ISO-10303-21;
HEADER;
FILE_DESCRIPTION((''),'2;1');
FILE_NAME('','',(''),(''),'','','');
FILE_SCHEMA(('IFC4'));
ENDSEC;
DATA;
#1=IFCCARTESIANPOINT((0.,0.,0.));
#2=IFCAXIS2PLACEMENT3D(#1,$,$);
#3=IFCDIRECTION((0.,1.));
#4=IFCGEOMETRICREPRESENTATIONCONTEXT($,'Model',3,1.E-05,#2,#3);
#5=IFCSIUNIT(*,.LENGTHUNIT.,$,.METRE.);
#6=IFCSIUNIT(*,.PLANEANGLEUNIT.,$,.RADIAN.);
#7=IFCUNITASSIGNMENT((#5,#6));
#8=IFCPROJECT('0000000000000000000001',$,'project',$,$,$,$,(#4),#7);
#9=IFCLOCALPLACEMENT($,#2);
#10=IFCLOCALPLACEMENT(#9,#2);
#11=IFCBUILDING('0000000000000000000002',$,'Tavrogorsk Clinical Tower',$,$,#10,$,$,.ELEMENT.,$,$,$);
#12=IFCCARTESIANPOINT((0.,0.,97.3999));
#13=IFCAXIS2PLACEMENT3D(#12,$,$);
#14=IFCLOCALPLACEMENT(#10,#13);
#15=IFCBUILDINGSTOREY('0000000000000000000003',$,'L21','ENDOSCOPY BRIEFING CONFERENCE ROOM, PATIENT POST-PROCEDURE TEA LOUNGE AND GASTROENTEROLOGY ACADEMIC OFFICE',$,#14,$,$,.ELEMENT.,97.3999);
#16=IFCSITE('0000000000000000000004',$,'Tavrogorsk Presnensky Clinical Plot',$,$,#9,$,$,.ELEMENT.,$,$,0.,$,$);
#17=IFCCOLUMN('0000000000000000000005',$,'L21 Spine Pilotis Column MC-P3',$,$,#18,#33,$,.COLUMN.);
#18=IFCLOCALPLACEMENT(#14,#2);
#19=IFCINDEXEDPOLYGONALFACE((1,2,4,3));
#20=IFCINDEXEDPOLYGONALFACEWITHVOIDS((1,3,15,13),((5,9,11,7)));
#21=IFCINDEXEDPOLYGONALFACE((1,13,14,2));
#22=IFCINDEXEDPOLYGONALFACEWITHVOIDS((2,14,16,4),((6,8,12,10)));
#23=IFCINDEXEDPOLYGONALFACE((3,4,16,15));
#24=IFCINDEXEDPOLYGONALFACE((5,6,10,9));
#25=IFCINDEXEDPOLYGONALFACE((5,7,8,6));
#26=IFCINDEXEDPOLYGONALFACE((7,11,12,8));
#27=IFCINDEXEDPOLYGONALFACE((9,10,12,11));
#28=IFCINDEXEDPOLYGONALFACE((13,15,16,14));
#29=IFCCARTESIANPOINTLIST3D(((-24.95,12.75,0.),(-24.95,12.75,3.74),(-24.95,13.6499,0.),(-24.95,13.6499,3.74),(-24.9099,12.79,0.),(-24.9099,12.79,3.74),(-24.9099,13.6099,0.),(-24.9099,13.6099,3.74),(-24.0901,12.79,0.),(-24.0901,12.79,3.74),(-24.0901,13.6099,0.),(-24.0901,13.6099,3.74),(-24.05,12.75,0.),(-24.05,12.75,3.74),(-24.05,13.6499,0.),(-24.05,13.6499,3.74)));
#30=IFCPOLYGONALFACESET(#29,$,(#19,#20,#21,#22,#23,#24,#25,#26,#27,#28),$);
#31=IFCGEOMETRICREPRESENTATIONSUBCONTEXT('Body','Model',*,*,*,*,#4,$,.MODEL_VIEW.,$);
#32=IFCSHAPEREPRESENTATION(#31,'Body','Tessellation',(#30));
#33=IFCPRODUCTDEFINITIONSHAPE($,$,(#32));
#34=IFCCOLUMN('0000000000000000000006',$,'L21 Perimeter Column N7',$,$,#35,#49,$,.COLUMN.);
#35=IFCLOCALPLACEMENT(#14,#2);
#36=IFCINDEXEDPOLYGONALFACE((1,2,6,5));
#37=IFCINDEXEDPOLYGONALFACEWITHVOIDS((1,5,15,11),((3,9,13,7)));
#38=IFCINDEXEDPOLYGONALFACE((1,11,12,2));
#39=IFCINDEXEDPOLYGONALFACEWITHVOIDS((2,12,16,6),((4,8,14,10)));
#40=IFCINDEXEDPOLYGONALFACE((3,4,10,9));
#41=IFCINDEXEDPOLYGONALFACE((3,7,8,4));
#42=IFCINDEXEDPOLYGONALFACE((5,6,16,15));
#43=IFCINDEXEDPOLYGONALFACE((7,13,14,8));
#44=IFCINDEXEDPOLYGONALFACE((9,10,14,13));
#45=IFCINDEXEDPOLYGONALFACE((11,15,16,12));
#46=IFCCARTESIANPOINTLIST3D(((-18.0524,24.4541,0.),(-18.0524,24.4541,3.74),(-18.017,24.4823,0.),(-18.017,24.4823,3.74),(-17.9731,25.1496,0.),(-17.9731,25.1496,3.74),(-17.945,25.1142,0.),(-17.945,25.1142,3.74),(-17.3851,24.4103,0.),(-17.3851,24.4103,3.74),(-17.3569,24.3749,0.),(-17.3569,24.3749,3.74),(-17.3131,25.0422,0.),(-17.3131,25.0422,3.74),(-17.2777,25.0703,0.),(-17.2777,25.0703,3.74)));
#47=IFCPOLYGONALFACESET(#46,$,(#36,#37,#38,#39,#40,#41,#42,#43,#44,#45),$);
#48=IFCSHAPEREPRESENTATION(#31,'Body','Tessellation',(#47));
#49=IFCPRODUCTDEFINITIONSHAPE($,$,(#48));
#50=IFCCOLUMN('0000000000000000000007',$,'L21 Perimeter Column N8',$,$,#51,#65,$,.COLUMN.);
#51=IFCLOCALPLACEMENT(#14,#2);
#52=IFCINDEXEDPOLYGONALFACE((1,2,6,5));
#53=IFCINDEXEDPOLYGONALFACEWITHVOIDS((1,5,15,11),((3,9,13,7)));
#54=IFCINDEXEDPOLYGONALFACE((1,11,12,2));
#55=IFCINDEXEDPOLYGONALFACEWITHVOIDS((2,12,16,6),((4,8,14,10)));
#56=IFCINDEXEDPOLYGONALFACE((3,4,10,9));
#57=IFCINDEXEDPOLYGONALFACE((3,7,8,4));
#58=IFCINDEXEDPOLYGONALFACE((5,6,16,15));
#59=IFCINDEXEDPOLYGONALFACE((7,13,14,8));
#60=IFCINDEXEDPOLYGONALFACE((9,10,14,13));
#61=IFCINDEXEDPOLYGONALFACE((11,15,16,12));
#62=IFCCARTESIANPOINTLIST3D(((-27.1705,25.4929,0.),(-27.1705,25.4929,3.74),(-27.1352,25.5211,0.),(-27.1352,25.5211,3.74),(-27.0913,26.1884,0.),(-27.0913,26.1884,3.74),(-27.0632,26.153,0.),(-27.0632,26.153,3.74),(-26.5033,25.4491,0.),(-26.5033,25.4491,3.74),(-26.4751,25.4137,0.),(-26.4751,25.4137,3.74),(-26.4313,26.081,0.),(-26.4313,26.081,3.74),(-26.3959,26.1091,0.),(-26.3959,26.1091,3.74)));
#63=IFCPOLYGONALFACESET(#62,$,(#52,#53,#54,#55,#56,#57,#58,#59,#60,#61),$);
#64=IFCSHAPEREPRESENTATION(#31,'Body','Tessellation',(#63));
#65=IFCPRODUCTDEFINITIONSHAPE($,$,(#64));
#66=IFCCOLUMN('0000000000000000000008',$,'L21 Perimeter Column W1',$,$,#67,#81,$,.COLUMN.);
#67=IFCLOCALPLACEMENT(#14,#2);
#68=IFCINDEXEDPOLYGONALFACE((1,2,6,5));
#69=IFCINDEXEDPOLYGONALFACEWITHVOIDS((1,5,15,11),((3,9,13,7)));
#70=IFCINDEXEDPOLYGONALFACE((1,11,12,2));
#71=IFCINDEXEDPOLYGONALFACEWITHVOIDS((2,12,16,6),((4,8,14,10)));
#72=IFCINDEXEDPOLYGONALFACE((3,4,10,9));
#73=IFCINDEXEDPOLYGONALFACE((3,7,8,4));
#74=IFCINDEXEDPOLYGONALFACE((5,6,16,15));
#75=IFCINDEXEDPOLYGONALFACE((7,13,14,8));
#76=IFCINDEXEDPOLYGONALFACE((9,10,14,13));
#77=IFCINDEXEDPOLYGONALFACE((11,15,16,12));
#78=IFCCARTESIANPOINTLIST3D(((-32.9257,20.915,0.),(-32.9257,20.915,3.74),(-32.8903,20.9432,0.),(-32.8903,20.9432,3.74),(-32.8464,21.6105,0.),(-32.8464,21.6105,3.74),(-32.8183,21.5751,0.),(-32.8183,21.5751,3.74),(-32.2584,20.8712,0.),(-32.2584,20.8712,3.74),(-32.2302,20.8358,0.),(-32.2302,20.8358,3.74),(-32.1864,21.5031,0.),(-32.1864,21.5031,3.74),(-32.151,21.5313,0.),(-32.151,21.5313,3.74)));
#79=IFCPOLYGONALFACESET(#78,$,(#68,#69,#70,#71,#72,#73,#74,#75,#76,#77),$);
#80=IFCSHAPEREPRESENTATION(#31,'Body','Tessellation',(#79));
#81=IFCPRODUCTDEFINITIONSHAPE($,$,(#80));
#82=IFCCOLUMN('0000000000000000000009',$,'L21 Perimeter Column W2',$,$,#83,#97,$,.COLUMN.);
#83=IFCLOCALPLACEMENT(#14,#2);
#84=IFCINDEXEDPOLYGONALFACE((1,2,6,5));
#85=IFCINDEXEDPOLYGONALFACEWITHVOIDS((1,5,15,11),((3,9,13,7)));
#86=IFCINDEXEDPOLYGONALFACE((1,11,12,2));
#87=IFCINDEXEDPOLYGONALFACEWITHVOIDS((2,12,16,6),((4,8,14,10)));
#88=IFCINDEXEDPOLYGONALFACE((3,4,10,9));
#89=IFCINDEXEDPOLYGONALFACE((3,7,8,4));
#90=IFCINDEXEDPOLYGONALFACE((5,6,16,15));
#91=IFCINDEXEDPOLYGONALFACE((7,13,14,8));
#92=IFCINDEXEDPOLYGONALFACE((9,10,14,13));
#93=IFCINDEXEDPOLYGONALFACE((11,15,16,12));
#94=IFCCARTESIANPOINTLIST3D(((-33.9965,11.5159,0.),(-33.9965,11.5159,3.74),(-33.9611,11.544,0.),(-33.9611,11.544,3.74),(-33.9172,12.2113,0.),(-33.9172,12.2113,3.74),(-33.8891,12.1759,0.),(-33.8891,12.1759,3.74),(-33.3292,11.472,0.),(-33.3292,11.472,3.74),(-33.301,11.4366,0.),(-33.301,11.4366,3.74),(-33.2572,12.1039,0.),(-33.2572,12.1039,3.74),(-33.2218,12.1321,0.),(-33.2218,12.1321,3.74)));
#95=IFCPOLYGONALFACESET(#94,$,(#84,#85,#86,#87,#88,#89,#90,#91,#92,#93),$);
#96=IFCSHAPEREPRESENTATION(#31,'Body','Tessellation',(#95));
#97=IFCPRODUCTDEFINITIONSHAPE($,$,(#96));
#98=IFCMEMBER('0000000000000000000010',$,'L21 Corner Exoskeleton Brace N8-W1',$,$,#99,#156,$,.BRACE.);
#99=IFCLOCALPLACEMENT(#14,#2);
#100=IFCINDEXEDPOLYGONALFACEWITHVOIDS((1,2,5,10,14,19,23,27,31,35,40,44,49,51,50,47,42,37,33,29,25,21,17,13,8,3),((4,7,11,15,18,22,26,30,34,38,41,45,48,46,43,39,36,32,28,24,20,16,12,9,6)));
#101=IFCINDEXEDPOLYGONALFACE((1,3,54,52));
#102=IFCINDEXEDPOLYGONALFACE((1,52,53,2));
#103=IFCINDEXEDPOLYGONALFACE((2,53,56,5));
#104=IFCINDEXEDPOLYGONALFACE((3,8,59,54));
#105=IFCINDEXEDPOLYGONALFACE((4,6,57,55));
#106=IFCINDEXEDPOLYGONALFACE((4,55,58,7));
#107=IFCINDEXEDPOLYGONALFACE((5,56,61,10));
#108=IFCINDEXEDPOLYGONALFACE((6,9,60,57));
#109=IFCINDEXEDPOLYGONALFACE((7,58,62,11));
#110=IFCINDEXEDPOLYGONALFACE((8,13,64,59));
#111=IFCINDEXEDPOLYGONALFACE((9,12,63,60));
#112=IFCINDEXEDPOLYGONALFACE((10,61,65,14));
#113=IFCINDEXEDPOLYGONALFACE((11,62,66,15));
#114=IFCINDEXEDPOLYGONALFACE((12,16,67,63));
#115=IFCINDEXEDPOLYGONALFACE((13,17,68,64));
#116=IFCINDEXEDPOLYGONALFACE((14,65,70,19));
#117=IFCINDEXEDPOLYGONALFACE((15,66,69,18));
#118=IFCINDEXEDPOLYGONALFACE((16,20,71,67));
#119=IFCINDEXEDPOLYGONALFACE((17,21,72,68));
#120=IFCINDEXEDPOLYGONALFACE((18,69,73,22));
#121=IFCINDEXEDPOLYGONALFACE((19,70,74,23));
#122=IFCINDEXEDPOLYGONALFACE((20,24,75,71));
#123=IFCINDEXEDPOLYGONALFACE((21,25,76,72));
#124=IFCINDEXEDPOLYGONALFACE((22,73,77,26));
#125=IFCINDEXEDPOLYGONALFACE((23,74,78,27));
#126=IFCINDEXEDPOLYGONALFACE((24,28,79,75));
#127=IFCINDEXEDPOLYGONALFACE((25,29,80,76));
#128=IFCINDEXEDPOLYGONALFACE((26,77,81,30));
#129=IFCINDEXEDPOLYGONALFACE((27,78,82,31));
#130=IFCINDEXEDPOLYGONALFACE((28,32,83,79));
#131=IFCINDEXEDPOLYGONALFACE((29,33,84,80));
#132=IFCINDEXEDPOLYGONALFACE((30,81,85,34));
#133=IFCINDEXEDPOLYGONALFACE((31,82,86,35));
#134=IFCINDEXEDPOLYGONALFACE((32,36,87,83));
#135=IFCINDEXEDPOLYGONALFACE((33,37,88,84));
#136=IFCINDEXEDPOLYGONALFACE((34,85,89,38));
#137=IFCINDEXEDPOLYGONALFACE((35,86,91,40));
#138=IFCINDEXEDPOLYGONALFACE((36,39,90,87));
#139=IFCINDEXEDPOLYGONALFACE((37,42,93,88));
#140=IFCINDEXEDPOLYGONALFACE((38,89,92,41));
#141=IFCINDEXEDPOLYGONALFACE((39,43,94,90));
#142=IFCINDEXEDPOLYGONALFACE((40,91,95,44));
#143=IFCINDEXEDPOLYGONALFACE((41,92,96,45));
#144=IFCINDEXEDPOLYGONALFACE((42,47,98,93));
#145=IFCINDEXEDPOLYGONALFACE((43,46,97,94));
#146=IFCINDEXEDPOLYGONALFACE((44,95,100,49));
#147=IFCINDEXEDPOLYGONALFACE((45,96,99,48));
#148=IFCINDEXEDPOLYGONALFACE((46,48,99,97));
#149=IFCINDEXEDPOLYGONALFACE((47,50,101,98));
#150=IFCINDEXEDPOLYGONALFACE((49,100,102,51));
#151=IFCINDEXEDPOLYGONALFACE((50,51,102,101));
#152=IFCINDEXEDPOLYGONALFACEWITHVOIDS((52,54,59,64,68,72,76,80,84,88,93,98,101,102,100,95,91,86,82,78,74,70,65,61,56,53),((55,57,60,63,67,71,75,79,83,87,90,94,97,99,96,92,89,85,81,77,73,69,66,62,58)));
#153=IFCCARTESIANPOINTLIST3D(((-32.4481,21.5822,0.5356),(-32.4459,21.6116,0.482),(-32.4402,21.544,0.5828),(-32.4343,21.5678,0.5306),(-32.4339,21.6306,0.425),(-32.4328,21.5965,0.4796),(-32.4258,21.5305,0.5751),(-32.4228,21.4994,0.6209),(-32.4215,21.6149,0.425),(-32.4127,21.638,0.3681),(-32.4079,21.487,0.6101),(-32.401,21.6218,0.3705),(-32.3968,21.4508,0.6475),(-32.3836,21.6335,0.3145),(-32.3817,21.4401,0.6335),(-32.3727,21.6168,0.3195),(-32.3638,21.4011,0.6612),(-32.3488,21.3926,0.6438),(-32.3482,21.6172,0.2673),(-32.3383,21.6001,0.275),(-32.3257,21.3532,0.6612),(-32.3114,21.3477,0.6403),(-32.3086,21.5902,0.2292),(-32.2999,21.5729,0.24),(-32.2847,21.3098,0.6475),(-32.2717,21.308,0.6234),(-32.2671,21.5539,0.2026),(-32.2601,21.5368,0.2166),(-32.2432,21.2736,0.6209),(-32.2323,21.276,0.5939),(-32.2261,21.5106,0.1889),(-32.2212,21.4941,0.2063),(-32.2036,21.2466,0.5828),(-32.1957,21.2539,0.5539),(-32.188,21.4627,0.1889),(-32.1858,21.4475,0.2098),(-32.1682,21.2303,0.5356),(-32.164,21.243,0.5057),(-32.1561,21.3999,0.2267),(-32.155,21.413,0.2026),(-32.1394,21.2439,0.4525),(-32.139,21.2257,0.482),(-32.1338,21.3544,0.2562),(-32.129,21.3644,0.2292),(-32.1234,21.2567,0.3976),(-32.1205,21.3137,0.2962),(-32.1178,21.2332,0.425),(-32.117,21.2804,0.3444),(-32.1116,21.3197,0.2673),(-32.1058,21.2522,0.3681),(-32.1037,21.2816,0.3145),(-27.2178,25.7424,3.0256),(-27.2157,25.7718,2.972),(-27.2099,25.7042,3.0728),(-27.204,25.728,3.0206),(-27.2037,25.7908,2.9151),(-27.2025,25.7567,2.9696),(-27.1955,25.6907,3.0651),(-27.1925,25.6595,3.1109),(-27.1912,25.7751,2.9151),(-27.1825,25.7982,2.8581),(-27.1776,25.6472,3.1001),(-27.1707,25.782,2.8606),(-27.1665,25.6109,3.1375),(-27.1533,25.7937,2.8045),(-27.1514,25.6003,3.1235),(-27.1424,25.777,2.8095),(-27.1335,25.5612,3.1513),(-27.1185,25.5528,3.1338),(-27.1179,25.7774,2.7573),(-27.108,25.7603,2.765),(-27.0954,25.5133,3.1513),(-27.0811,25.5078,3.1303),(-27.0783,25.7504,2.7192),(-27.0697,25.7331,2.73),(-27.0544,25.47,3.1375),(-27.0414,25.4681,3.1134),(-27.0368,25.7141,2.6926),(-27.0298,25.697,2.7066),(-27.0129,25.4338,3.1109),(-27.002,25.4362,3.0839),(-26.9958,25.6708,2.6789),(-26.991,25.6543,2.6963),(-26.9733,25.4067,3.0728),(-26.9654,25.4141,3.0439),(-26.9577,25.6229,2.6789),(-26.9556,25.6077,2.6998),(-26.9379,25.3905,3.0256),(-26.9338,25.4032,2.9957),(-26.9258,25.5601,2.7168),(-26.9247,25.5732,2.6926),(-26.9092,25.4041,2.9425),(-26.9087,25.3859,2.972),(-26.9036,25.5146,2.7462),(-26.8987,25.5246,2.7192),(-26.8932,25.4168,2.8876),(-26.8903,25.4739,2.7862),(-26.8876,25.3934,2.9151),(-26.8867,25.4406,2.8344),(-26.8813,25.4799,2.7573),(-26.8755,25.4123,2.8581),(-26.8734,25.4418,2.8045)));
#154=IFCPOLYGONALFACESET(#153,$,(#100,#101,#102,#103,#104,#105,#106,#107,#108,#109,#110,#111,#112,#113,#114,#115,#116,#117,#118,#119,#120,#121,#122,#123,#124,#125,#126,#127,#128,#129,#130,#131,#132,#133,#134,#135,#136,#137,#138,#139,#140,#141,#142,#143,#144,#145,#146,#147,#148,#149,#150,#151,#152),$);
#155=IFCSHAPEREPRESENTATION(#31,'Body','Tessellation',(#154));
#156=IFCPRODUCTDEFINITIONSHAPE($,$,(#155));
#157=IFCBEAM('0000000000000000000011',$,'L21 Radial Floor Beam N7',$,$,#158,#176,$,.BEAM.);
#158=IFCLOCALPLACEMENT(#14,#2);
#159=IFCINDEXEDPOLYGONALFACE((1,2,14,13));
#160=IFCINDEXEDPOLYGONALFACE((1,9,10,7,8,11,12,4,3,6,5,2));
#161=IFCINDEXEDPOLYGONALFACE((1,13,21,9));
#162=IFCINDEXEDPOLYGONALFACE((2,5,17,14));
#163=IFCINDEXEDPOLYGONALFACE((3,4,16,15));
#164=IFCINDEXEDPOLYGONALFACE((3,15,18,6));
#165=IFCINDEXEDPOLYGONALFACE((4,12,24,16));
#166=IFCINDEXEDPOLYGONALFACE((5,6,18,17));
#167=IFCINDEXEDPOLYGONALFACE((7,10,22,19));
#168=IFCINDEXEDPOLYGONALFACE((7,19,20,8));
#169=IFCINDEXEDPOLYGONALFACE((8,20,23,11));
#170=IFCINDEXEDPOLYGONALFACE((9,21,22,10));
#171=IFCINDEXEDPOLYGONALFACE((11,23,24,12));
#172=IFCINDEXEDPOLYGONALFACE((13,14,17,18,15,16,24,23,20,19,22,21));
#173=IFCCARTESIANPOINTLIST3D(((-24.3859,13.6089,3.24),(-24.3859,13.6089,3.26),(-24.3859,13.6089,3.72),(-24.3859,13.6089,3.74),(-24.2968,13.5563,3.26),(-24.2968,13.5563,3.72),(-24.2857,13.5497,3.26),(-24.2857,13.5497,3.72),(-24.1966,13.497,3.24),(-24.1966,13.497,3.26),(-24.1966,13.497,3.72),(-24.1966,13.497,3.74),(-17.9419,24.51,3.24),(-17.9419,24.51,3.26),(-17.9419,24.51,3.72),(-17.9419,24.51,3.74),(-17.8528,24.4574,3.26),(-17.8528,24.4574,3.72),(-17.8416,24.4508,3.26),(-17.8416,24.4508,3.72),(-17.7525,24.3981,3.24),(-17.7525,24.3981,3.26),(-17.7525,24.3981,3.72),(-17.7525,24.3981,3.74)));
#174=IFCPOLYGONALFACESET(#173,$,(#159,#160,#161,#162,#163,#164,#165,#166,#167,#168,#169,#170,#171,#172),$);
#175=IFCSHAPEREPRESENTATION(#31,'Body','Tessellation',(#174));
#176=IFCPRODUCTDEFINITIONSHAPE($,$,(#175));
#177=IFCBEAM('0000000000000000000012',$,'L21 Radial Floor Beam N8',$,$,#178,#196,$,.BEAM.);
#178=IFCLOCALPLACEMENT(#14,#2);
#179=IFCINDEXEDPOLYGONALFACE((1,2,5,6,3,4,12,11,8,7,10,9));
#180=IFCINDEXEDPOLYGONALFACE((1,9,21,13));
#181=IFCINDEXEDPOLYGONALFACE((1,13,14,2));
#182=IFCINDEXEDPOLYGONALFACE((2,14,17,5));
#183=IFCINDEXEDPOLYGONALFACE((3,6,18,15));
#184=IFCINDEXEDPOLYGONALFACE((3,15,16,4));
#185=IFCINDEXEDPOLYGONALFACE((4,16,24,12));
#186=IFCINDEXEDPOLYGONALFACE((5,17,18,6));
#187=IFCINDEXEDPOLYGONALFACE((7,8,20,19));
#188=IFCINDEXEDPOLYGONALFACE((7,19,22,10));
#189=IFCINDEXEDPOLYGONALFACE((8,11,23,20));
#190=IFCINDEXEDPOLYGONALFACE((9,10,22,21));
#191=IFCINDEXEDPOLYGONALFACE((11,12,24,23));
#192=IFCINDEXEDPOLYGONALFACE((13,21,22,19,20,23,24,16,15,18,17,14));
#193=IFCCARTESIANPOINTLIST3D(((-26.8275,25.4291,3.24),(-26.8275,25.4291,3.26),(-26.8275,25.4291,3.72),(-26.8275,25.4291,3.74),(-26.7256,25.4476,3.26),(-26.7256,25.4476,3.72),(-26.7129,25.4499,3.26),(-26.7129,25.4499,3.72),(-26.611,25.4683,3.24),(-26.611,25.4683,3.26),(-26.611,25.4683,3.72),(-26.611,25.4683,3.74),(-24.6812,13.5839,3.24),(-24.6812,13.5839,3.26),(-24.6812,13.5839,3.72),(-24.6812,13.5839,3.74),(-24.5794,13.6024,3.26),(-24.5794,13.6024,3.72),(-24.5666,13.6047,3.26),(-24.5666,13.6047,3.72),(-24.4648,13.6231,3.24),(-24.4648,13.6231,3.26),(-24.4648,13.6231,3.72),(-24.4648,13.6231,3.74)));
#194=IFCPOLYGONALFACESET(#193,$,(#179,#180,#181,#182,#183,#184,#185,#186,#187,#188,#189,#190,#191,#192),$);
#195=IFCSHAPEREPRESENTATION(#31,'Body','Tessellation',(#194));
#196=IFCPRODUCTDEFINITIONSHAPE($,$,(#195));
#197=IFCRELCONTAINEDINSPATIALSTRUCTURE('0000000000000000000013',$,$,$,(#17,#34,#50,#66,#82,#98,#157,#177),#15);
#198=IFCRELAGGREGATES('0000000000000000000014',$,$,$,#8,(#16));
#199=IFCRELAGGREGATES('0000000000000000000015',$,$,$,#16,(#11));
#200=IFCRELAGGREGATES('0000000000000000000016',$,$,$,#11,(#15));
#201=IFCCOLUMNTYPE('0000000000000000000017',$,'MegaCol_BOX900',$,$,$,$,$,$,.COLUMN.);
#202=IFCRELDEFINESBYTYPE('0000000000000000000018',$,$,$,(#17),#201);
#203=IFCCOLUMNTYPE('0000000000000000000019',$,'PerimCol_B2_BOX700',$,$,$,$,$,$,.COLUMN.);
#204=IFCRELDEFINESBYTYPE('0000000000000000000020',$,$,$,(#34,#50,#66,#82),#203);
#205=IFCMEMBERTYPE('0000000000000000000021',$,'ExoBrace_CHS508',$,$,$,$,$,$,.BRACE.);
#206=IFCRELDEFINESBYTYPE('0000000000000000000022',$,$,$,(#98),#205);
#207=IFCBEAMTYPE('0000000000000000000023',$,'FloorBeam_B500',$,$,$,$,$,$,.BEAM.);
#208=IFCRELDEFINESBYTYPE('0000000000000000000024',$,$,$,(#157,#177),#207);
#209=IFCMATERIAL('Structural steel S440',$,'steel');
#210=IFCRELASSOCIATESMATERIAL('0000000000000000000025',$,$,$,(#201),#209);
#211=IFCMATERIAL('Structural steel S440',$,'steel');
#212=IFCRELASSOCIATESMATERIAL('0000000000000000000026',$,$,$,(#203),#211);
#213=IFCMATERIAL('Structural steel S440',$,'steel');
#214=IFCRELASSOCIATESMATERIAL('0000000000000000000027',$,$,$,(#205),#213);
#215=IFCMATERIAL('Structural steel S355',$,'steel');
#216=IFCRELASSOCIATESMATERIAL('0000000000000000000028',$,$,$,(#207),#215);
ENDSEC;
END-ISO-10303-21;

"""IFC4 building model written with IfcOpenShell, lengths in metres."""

from ifc_helpers import new_model, si_unit, direction, frame, origin, origin_2d, place, context, subcontext, project, spatial, hollow_rectangle, hollow_circle, i_section, extrude, material, material_profile, profile_set, type_object, element, save


model = new_model("IFC4")

# Units and contexts
model_context = context("Model", 3, precision=1e-05, world=origin(), true_north=direction((0.0, 1.0)))
body_context = subcontext(model_context, "Body", "Model", "MODEL_VIEW")
ifc_project = project(units=[si_unit("LENGTHUNIT", "METRE"), si_unit("PLANEANGLEUNIT", "RADIAN")], contexts=[model_context])

# Site, building, storey
site_placement = place(None, origin())
site = spatial("IfcSite", under=ifc_project, at=site_placement, Name="Tavrogorsk Presnensky Clinical Plot", CompositionType="ELEMENT", RefElevation=0.0)
building_placement = place(site_placement, origin())
building = spatial("IfcBuilding", under=site, at=building_placement, Name="Tavrogorsk Clinical Tower", CompositionType="ELEMENT")
storey_placement = place(building_placement, frame((0.0, 0.0, 97.3999)))
storey = spatial("IfcBuildingStorey", under=building, at=storey_placement, Name="L21", Description="ENDOSCOPY BRIEFING CONFERENCE ROOM, PATIENT POST-PROCEDURE TEA LOUNGE AND GASTROENTEROLOGY ACADEMIC OFFICE", CompositionType="ELEMENT", Elevation=97.3999)

# Columns
ifc_material_1 = material(Name="Structural steel S440", Category="steel")
ifc_material_profile_1 = material_profile(ifc_material_1, hollow_rectangle(XDim=0.8999, YDim=0.8999, WallThickness=0.04, at=origin_2d()), Name="BOX-900x900x40")
ifc_profile_set_1 = profile_set([ifc_material_profile_1], Name="Structural steel S440")
column_type_1 = type_object("IfcColumnType", Name="MegaCol_BOX900", PredefinedType="COLUMN", material=ifc_profile_set_1)
column_placement = place(storey_placement, frame((-24.5, 13.2, 0.0), z_axis=(0.0, 0.0, 1.0), x_axis=(1.0, 0.0, 0.0)))
element("IfcColumn", 1, at=column_placement, inside=storey, type_object=column_type_1, Name="L21 Spine Pilotis Column MC-P3", PredefinedType="COLUMN", context=body_context, shape_type="SweptSolid", body=[
    extrude(hollow_rectangle(XDim=0.8999, YDim=0.8999, WallThickness=0.04, at=origin_2d()), origin(), (0.0, 0.0, 1.0), 3.74),
])
ifc_material_2 = material(Name="Structural steel S440", Category="steel")
ifc_material_profile_2 = material_profile(ifc_material_2, hollow_rectangle(XDim=0.7, YDim=0.7, WallThickness=0.032, at=origin_2d()), Name="BOX-700x700x32")
ifc_profile_set_2 = profile_set([ifc_material_profile_2], Name="Structural steel S440")
column_type_2 = type_object("IfcColumnType", Name="PerimCol_B2_BOX700", PredefinedType="COLUMN", material=ifc_profile_set_2)
for number, where, z_axis, x_axis, name in (
    (2, (-17.665, 24.7622, 0.0), (0.0, 0.0, 1.0), (0.993572, -0.113203, 0.0), "L21 Perimeter Column N7"),
    (3, (-26.7832, 25.801, 0.0), (0.0, 0.0, 1.0), (0.993572, -0.113203, 0.0), "L21 Perimeter Column N8"),
    (4, (-32.5383, 21.2231, 0.0), (0.0, 0.0, 1.0), (0.993572, -0.113203, 0.0), "L21 Perimeter Column W1"),
    (5, (-33.6091, 11.824, 0.0), (0.0, 0.0, 1.0), (0.993572, -0.113203, 0.0), "L21 Perimeter Column W2"),
):
    element("IfcColumn", number, at=place(storey_placement, frame(where, z_axis=z_axis, x_axis=x_axis)), inside=storey, type_object=column_type_2, Name=name, PredefinedType="COLUMN", context=body_context, shape_type="SweptSolid", body=[
        extrude(hollow_rectangle(XDim=0.7, YDim=0.7, WallThickness=0.032, at=origin_2d()), origin(), (0.0, 0.0, 1.0), 3.74),
    ])

# Member
ifc_material_3 = material(Name="Structural steel S440", Category="steel")
ifc_material_profile_3 = material_profile(ifc_material_3, hollow_circle(Radius=0.2539, WallThickness=0.02, at=origin_2d()), Name="CHS-508x20")
ifc_profile_set_3 = profile_set([ifc_material_profile_3], Name="Structural steel S440")
member_type_1 = type_object("IfcMemberType", Name="ExoBrace_CHS508", PredefinedType="BRACE", material=ifc_profile_set_3)
member_1_placement = place(storey_placement, frame((-32.2759, 21.4319, 0.425), z_axis=(0.733369, 0.583327, 0.34914), x_axis=(-0.622501, 0.782619, 0.0)))
element("IfcMember", 6, at=member_1_placement, inside=storey, type_object=member_type_1, Name="L21 Corner Exoskeleton Brace N8-W1", PredefinedType="BRACE", context=body_context, shape_type="SweptSolid", body=[
    extrude(hollow_circle(Radius=0.2539, WallThickness=0.02, at=origin_2d()), origin(), (0.0, 0.0, 1.0), 7.1318),
])

# Beams
ifc_material_4 = material(Name="Structural steel S355", Category="steel")
ifc_material_profile_4 = material_profile(ifc_material_4, i_section(OverallWidth=0.22, OverallDepth=0.5, WebThickness=0.0129, FlangeThickness=0.02, at=origin_2d()), Name="B-500x220x13x20")
ifc_profile_set_4 = profile_set([ifc_material_profile_4], Name="Structural steel S355")
beam_type_1 = type_object("IfcBeamType", Name="FloorBeam_B500", PredefinedType="BEAM", material=ifc_profile_set_4)
beam_1_placement = place(storey_placement, frame((-24.2913, 13.553, 3.49), z_axis=(0.508877, 0.860839, 0.0), x_axis=(-0.860839, 0.508877, 0.0)))
element("IfcBeam", 7, at=beam_1_placement, inside=storey, type_object=beam_type_1, Name="L21 Radial Floor Beam N7", PredefinedType="BEAM", context=body_context, shape_type="SweptSolid", body=[
    extrude(i_section(OverallWidth=0.22, OverallDepth=0.5, WebThickness=0.0129, FlangeThickness=0.02, at=origin_2d()), origin(), (0.0, 0.0, 1.0), 12.6633),
])
beam_2_placement = place(storey_placement, frame((-24.573, 13.6035, 3.49), z_axis=(-0.178288, 0.983978, 0.0), x_axis=(-0.983978, -0.178288, 0.0)))
element("IfcBeam", 8, at=beam_2_placement, inside=storey, type_object=beam_type_1, Name="L21 Radial Floor Beam N8", PredefinedType="BEAM", context=body_context, shape_type="SweptSolid", body=[
    extrude(i_section(OverallWidth=0.22, OverallDepth=0.5, WebThickness=0.0129, FlangeThickness=0.02, at=origin_2d()), origin(), (0.0, 0.0, 1.0), 12.0381),
])

save(model, "model.ifc")
